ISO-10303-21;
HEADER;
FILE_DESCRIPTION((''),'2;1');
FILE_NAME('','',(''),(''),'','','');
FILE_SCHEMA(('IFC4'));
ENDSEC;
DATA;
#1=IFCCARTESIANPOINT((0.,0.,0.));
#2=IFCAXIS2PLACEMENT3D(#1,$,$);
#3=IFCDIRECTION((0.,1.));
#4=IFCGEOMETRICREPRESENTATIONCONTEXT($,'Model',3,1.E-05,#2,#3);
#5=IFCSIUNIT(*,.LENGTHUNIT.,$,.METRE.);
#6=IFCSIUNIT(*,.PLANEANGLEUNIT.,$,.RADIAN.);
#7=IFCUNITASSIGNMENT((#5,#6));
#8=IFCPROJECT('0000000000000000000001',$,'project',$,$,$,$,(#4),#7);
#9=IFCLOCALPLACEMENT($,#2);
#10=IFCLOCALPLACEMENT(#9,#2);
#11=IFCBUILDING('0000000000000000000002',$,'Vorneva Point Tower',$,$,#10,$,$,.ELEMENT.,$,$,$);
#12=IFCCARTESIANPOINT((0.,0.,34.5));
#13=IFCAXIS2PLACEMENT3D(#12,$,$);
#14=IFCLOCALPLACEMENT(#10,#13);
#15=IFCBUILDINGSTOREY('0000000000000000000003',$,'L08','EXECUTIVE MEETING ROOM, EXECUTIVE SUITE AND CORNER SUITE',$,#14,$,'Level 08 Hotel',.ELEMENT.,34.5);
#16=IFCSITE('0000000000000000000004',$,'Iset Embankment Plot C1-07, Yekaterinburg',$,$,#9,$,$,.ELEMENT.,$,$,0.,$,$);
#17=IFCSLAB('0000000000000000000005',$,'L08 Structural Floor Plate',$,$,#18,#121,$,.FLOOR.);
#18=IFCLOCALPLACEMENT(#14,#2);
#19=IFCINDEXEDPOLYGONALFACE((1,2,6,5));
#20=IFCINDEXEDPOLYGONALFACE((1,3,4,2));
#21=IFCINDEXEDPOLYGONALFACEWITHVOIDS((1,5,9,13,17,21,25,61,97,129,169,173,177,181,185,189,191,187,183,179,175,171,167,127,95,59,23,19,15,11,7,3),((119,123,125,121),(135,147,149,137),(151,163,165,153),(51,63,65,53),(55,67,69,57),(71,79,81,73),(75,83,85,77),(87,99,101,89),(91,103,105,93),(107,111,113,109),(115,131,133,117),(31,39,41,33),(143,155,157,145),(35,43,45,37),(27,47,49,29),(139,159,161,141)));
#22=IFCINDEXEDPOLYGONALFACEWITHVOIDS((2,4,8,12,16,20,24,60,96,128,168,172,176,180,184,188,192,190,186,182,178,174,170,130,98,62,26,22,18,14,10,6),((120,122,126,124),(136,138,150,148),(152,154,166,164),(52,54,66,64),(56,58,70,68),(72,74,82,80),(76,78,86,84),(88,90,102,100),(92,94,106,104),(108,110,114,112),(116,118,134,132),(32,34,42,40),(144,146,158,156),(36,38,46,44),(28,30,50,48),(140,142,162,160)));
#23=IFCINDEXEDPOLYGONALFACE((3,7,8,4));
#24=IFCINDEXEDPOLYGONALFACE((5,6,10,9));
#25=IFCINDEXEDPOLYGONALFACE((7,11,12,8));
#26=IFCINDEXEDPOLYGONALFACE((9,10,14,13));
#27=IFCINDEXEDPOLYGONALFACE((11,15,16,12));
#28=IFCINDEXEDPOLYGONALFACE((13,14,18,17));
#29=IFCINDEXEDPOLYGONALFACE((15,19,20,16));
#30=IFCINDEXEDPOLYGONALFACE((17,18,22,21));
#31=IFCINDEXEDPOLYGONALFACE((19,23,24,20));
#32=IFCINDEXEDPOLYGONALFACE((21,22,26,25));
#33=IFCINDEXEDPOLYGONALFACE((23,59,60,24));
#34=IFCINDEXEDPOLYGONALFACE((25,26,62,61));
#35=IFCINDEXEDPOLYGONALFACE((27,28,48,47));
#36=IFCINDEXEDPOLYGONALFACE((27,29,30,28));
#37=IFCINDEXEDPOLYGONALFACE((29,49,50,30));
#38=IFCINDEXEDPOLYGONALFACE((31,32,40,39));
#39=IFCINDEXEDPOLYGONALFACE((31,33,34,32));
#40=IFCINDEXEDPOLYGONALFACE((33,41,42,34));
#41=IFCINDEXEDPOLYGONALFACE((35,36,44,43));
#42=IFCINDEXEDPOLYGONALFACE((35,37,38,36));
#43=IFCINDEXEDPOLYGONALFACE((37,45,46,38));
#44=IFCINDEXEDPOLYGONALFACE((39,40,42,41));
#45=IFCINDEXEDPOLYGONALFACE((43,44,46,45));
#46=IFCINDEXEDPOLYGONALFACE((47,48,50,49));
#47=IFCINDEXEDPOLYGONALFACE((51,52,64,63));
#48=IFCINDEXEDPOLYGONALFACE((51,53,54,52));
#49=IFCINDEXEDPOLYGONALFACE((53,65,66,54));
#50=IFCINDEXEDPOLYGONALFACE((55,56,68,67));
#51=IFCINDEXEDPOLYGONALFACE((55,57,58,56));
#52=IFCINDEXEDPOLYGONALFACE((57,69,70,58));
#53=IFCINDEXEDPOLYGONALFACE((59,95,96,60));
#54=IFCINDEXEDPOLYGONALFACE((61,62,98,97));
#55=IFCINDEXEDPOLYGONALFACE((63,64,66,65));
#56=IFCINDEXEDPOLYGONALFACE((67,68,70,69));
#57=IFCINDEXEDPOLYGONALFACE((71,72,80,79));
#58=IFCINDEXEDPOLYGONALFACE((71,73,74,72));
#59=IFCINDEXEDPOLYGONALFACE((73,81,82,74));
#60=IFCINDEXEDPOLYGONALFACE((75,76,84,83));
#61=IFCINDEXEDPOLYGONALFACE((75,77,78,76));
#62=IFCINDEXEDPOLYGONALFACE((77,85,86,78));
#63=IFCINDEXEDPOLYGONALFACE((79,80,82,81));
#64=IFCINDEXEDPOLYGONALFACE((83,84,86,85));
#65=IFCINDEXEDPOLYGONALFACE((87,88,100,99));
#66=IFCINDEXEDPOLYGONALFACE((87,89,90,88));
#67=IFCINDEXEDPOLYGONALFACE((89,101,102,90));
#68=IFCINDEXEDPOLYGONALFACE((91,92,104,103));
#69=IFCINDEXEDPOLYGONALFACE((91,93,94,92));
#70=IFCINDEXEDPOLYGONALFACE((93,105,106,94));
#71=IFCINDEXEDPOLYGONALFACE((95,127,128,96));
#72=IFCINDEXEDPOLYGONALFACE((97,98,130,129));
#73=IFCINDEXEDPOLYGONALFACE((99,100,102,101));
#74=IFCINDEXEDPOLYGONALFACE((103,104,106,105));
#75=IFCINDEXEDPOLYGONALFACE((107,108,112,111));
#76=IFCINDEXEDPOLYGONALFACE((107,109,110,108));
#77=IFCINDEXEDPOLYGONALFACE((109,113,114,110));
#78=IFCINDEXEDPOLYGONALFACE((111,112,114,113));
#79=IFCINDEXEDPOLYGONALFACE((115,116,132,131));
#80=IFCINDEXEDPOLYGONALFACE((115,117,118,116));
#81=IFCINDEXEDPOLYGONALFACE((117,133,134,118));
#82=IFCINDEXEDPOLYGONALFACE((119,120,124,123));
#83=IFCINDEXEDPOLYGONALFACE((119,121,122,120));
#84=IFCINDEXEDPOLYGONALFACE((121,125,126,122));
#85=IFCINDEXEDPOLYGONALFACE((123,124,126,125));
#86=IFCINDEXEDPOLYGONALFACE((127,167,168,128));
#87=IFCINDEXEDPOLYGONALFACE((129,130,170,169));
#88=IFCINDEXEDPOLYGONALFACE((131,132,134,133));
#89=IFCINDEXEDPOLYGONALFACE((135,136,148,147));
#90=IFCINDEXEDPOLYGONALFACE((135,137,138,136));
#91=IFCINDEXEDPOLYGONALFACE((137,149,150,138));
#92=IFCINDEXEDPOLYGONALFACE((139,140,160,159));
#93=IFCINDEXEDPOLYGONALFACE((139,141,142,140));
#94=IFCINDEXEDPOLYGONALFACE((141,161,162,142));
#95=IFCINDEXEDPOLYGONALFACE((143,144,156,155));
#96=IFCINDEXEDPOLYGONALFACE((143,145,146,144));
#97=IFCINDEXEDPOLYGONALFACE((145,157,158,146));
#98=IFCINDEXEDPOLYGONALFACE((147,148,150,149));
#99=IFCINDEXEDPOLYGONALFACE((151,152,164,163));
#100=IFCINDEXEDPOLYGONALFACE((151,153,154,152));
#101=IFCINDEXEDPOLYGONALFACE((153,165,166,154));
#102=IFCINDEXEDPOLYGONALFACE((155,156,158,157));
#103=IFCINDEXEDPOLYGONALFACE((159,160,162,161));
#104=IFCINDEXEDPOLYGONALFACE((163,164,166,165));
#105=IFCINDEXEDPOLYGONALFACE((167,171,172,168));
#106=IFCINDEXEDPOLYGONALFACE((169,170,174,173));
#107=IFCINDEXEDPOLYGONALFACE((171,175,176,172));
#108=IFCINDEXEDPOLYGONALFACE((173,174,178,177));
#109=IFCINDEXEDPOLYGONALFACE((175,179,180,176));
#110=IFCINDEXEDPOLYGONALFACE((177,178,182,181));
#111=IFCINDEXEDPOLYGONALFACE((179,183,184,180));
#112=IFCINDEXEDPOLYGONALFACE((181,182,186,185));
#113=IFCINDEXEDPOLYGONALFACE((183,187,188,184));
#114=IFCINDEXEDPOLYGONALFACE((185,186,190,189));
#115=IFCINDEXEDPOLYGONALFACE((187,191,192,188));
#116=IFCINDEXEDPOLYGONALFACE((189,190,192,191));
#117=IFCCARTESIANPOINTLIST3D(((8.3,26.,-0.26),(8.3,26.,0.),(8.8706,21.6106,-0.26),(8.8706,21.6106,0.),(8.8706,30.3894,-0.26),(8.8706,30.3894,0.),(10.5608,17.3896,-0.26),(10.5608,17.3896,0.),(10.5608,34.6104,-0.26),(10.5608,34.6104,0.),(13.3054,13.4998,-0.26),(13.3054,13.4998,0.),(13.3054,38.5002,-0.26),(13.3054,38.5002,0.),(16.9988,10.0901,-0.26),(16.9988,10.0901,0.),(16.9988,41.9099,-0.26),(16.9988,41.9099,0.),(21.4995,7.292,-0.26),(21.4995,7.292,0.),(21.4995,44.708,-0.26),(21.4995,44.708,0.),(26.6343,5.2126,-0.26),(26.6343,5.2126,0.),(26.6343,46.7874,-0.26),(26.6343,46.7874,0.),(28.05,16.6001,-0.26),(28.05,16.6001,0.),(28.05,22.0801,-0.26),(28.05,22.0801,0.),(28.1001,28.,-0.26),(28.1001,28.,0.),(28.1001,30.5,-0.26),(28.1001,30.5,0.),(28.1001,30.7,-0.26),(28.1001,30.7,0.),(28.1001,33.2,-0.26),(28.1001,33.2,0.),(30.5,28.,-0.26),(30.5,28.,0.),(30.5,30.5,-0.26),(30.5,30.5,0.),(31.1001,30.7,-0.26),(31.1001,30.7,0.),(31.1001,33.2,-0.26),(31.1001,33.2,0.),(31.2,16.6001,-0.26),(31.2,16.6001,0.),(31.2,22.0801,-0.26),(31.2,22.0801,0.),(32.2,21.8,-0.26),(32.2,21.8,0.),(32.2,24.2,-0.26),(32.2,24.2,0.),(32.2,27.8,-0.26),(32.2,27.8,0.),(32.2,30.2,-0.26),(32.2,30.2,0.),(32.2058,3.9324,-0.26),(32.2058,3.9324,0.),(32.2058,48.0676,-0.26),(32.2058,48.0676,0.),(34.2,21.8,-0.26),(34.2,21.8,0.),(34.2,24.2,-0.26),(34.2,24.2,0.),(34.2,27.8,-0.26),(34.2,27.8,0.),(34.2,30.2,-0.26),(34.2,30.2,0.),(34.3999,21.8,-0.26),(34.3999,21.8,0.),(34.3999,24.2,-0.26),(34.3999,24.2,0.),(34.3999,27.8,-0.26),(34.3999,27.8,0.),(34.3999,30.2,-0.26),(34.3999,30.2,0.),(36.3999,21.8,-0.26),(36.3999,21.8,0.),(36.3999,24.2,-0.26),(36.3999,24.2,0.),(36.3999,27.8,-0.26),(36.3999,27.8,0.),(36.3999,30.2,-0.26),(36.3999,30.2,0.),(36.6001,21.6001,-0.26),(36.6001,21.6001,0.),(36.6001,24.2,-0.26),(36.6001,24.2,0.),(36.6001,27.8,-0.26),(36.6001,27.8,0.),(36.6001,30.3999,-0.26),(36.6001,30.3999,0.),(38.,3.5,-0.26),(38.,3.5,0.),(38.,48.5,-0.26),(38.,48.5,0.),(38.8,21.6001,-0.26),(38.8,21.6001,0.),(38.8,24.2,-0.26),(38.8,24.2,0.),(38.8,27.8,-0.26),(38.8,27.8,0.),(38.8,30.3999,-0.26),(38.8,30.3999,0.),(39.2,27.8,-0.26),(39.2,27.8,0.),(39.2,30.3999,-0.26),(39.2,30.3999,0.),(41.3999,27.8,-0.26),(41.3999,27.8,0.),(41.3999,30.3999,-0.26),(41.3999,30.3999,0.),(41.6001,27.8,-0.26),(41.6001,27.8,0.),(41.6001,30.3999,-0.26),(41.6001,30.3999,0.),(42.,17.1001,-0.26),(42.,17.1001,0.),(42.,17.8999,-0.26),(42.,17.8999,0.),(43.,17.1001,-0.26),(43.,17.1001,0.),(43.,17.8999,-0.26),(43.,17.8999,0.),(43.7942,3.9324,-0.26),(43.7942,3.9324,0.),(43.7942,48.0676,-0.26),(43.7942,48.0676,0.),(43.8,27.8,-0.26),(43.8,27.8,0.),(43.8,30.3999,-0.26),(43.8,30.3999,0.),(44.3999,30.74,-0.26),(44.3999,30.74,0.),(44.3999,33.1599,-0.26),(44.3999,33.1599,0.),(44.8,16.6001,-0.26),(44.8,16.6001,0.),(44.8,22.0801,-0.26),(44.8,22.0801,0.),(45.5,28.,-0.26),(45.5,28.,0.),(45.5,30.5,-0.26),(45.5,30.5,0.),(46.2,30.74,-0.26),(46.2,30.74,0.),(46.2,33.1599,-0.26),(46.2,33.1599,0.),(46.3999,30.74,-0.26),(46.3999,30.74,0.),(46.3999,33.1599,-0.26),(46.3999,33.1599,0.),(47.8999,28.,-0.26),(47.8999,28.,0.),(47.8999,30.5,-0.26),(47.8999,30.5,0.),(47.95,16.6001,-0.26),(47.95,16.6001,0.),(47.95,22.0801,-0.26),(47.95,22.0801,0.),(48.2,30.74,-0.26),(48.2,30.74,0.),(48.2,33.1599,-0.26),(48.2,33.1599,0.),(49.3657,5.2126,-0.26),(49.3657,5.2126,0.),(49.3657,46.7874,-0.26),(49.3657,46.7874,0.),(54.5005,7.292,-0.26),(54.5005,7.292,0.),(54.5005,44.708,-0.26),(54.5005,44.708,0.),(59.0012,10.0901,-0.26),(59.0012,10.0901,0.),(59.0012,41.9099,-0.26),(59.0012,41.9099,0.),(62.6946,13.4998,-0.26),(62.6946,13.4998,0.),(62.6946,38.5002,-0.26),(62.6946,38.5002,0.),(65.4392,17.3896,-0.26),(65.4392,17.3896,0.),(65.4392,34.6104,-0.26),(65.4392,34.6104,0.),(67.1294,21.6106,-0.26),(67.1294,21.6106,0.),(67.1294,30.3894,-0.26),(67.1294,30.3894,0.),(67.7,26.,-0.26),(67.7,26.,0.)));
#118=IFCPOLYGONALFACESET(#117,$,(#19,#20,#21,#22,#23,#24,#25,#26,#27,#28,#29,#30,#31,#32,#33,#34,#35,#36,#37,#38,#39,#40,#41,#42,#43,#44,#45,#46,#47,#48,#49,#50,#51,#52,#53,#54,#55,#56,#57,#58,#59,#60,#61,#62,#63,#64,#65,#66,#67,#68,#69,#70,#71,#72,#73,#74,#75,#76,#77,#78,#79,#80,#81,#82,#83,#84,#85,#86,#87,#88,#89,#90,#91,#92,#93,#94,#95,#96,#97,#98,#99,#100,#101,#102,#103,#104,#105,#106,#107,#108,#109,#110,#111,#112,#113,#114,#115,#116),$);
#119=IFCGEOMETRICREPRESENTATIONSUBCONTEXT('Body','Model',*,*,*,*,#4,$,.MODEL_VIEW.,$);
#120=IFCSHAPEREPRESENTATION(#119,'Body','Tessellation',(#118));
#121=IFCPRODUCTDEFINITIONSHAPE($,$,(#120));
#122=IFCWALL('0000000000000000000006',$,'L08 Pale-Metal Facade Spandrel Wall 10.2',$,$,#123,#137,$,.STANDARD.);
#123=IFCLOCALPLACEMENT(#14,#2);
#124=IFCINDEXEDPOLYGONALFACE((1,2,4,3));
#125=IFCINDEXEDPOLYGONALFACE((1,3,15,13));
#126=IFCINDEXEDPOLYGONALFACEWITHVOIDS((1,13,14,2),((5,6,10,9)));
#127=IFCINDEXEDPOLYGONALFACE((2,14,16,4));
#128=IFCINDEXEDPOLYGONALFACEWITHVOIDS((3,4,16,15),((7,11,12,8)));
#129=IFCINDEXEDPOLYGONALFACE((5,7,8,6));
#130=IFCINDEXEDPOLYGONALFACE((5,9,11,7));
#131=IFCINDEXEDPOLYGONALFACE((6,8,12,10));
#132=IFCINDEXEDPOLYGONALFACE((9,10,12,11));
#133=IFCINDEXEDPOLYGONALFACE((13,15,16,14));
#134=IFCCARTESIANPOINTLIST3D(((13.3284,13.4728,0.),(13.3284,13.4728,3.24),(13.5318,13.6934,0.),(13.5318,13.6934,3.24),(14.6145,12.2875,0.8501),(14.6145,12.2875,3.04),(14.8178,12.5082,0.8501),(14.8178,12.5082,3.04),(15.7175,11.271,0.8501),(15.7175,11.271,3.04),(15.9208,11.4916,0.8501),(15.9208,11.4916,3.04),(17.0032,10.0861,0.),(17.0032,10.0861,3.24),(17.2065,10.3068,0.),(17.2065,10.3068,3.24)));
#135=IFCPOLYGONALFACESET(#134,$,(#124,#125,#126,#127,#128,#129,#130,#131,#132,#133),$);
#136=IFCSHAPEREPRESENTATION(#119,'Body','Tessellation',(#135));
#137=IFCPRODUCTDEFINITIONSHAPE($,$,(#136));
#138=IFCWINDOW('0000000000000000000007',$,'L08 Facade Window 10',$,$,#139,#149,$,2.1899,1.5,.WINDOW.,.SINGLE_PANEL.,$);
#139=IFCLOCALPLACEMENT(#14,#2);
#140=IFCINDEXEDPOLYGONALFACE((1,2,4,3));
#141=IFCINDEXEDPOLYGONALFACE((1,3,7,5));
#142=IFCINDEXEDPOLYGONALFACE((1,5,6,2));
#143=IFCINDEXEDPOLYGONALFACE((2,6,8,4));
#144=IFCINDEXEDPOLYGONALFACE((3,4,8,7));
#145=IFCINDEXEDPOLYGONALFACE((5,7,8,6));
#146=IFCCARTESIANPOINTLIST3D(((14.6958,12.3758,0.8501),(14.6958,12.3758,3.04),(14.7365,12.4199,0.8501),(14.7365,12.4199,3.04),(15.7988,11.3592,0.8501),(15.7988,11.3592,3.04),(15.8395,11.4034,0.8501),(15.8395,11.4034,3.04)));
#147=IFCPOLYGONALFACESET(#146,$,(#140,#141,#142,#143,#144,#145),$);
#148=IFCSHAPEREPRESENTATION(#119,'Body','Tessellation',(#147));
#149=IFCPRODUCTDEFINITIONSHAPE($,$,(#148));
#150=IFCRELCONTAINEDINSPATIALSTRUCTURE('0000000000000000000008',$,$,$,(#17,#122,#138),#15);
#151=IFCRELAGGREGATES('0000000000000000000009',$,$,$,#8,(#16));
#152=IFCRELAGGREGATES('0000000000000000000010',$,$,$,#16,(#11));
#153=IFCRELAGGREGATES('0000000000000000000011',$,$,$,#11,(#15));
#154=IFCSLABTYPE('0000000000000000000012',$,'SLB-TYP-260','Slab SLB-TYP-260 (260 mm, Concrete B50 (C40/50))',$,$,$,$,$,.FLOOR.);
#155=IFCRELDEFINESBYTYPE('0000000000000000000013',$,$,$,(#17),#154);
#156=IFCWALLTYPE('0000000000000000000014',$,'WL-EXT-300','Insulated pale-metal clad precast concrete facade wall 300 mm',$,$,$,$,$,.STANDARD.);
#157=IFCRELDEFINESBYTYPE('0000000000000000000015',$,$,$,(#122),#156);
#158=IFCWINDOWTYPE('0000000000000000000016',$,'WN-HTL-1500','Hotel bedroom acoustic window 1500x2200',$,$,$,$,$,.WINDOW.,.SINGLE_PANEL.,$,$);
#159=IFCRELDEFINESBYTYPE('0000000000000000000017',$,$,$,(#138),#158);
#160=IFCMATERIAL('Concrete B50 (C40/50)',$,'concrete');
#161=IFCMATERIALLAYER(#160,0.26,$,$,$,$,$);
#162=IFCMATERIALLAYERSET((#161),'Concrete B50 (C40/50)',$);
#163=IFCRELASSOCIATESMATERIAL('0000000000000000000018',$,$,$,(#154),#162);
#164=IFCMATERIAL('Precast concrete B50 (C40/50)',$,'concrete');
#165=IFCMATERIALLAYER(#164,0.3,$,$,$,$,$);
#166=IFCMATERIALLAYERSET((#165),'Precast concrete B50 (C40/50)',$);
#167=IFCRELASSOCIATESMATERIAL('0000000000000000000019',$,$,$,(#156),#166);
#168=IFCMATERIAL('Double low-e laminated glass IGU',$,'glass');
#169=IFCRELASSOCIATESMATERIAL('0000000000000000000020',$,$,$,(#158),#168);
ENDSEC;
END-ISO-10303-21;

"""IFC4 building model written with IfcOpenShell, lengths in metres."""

from ifc_helpers import new_model, si_unit, direction, frame, frame_2d, origin, place, context, subcontext, project, spatial, polyline, rectangle, outline, extrude, material, layer, layer_set, type_object, element, fill, save


model = new_model("IFC4")

# Units and contexts
model_context = context("Model", 3, precision=1e-05, world=origin(), true_north=direction((0.0, 1.0)))
body_context = subcontext(model_context, "Body", "Model", "MODEL_VIEW")
ifc_project = project(units=[si_unit("LENGTHUNIT", "METRE"), si_unit("PLANEANGLEUNIT", "RADIAN")], contexts=[model_context])

# Site, building, storey
site_placement = place(None, origin())
site = spatial("IfcSite", under=ifc_project, at=site_placement, Name="Iset Embankment Plot C1-07, Yekaterinburg", CompositionType="ELEMENT", RefElevation=0.0)
building_placement = place(site_placement, origin())
building = spatial("IfcBuilding", under=site, at=building_placement, Name="Vorneva Point Tower", CompositionType="ELEMENT")
storey_placement = place(building_placement, frame((0.0, 0.0, 34.5)))
storey = spatial("IfcBuildingStorey", under=building, at=storey_placement, Name="L08", Description="EXECUTIVE MEETING ROOM, EXECUTIVE SUITE AND CORNER SUITE", LongName="Level 08 Hotel", CompositionType="ELEMENT", Elevation=34.5)

# Shared definitions
ifc_material_1 = material(Name="Double low-e laminated glass IGU", Category="glass")

# Shared definitions
ifc_material_2 = material(Name="Concrete B50 (C40/50)", Category="concrete")

# Slab
ifc_layer_1 = layer(ifc_material_2, 0.26)
ifc_layer_set_1 = layer_set([ifc_layer_1], Name="Concrete B50 (C40/50)")
slab_type_1 = type_object("IfcSlabType", Name="SLB-TYP-260", Description="Slab SLB-TYP-260 (260 mm, Concrete B50 (C40/50))", PredefinedType="FLOOR", material=ifc_layer_set_1)
slab_1_placement = place(storey_placement, frame((0.0, 0.0, -0.26)))
element("IfcSlab", 1, at=slab_1_placement, inside=storey, type_object=slab_type_1, Name="L08 Structural Floor Plate", PredefinedType="FLOOR", context=body_context, shape_type="SweptSolid", body=[
    extrude(outline(polyline([(67.7, 26.0), (67.1294, 30.3894), (65.4392, 34.6104), (62.6946, 38.5002), (59.0012, 41.9099), (54.5005, 44.708), (49.3657, 46.7874), (43.7942, 48.0676), (38.0, 48.5), (32.2058, 48.0676), (26.6343, 46.7874), (21.4995, 44.708), (16.9988, 41.9099), (13.3054, 38.5002), (10.5608, 34.6104), (8.8706, 30.3894), (8.3, 26.0), (8.8706, 21.6106), (10.5608, 17.3896), (13.3054, 13.4998), (16.9988, 10.0901), (21.4995, 7.292), (26.6343, 5.2126), (32.2058, 3.9324), (38.0, 3.5), (43.7942, 3.9324), (49.3657, 5.2126), (54.5005, 7.292), (59.0012, 10.0901), (62.6946, 13.4998), (65.4392, 17.3896), (67.1294, 21.6106), (67.7, 26.0)]), holes=[polyline([(32.2, 27.8), (34.2, 27.8), (34.2, 30.2), (32.2, 30.2), (32.2, 27.8)]), polyline([(34.3999, 27.8), (36.3999, 27.8), (36.3999, 30.2), (34.3999, 30.2), (34.3999, 27.8)]), polyline([(36.6001, 27.8), (38.8, 27.8), (38.8, 30.3999), (36.6001, 30.3999), (36.6001, 27.8)]), polyline([(32.2, 21.8), (34.2, 21.8), (34.2, 24.2), (32.2, 24.2), (32.2, 21.8)]), polyline([(34.3999, 21.8), (36.3999, 21.8), (36.3999, 24.2), (34.3999, 24.2), (34.3999, 21.8)]), polyline([(36.6001, 21.6001), (38.8, 21.6001), (38.8, 24.2), (36.6001, 24.2), (36.6001, 21.6001)]), polyline([(39.2, 27.8), (41.3999, 27.8), (41.3999, 30.3999), (39.2, 30.3999), (39.2, 27.8)]), polyline([(41.6001, 27.8), (43.8, 27.8), (43.8, 30.3999), (41.6001, 30.3999), (41.6001, 27.8)]), polyline([(44.3999, 30.74), (46.2, 30.74), (46.2, 33.1599), (44.3999, 33.1599), (44.3999, 30.74)]), polyline([(46.3999, 30.74), (48.2, 30.74), (48.2, 33.1599), (46.3999, 33.1599), (46.3999, 30.74)]), polyline([(28.1001, 28.0), (30.5, 28.0), (30.5, 30.5), (28.1001, 30.5), (28.1001, 28.0)]), polyline([(45.5, 28.0), (47.8999, 28.0), (47.8999, 30.5), (45.5, 30.5), (45.5, 28.0)]), polyline([(28.1001, 30.7), (31.1001, 30.7), (31.1001, 33.2), (28.1001, 33.2), (28.1001, 30.7)]), polyline([(28.05, 16.6001), (31.2, 16.6001), (31.2, 22.0801), (28.05, 22.0801), (28.05, 16.6001)]), polyline([(44.8, 16.6001), (47.95, 16.6001), (47.95, 22.0801), (44.8, 22.0801), (44.8, 16.6001)]), polyline([(42.0, 17.1001), (43.0, 17.1001), (43.0, 17.8999), (42.0, 17.8999), (42.0, 17.1001)])]), origin(), (0.0, 0.0, 1.0), 0.26),
])

# Wall, opening, window
ifc_material_3 = material(Name="Precast concrete B50 (C40/50)", Category="concrete")
ifc_layer_2 = layer(ifc_material_3, 0.3)
ifc_layer_set_2 = layer_set([ifc_layer_2], Name="Precast concrete B50 (C40/50)")
wall_type_1 = type_object("IfcWallType", Name="WL-EXT-300", Description="Insulated pale-metal clad precast concrete facade wall 300 mm", PredefinedType="STANDARD", material=ifc_layer_set_2)
wall_1_placement = place(storey_placement, frame((13.4302, 13.583, 0.0), z_axis=(0.0, 0.0, 1.0), x_axis=(0.735343, -0.677696, 0.0)))
wall_1 = element("IfcWall", 2, at=wall_1_placement, inside=storey, type_object=wall_type_1, Name="L08 Pale-Metal Facade Spandrel Wall 10.2", PredefinedType="STANDARD", context=body_context, shape_type="SweptSolid", body=[
    extrude(rectangle(XDim=4.9973, YDim=0.3, at=frame_2d((2.4985, 0.0))), origin(), (0.0, 0.0, 1.0), 3.24),
])
opening_1_placement = place(wall_1_placement, frame((1.7488, 0.0, 0.8501)))
opening_1 = element("IfcOpeningElement", 3, at=opening_1_placement, cuts=wall_1, PredefinedType="OPENING", context=body_context, shape_type="SweptSolid", body=[
    extrude(rectangle(XDim=1.5, YDim=2.1899, at=frame_2d((0.75, 1.095))), frame((0.0, 0.165, 0.0), z_axis=(0.0, -1.0, 0.0), x_axis=(1.0, 0.0, 0.0)), (0.0, 0.0, 1.0), 0.3298),
])
window_type = type_object("IfcWindowType", Name="WN-HTL-1500", Description="Hotel bedroom acoustic window 1500x2200", PartitioningType="SINGLE_PANEL", PredefinedType="WINDOW", material=ifc_material_1)
window_placement = place(opening_1_placement, origin())
window = element("IfcWindow", 4, at=window_placement, inside=storey, type_object=window_type, Name="L08 Facade Window 10", OverallHeight=2.1899, OverallWidth=1.5, PartitioningType="SINGLE_PANEL", PredefinedType="WINDOW", context=body_context, shape_type="SweptSolid", body=[
    extrude(rectangle(XDim=1.5, YDim=2.1899, at=frame_2d((0.75, 1.095))), frame((0.0, 0.03, 0.0), z_axis=(0.0, -1.0, 0.0), x_axis=(1.0, 0.0, 0.0)), (0.0, 0.0, 1.0), 0.0601),
])
fill(opening_1, window)

save(model, "model.ifc")
